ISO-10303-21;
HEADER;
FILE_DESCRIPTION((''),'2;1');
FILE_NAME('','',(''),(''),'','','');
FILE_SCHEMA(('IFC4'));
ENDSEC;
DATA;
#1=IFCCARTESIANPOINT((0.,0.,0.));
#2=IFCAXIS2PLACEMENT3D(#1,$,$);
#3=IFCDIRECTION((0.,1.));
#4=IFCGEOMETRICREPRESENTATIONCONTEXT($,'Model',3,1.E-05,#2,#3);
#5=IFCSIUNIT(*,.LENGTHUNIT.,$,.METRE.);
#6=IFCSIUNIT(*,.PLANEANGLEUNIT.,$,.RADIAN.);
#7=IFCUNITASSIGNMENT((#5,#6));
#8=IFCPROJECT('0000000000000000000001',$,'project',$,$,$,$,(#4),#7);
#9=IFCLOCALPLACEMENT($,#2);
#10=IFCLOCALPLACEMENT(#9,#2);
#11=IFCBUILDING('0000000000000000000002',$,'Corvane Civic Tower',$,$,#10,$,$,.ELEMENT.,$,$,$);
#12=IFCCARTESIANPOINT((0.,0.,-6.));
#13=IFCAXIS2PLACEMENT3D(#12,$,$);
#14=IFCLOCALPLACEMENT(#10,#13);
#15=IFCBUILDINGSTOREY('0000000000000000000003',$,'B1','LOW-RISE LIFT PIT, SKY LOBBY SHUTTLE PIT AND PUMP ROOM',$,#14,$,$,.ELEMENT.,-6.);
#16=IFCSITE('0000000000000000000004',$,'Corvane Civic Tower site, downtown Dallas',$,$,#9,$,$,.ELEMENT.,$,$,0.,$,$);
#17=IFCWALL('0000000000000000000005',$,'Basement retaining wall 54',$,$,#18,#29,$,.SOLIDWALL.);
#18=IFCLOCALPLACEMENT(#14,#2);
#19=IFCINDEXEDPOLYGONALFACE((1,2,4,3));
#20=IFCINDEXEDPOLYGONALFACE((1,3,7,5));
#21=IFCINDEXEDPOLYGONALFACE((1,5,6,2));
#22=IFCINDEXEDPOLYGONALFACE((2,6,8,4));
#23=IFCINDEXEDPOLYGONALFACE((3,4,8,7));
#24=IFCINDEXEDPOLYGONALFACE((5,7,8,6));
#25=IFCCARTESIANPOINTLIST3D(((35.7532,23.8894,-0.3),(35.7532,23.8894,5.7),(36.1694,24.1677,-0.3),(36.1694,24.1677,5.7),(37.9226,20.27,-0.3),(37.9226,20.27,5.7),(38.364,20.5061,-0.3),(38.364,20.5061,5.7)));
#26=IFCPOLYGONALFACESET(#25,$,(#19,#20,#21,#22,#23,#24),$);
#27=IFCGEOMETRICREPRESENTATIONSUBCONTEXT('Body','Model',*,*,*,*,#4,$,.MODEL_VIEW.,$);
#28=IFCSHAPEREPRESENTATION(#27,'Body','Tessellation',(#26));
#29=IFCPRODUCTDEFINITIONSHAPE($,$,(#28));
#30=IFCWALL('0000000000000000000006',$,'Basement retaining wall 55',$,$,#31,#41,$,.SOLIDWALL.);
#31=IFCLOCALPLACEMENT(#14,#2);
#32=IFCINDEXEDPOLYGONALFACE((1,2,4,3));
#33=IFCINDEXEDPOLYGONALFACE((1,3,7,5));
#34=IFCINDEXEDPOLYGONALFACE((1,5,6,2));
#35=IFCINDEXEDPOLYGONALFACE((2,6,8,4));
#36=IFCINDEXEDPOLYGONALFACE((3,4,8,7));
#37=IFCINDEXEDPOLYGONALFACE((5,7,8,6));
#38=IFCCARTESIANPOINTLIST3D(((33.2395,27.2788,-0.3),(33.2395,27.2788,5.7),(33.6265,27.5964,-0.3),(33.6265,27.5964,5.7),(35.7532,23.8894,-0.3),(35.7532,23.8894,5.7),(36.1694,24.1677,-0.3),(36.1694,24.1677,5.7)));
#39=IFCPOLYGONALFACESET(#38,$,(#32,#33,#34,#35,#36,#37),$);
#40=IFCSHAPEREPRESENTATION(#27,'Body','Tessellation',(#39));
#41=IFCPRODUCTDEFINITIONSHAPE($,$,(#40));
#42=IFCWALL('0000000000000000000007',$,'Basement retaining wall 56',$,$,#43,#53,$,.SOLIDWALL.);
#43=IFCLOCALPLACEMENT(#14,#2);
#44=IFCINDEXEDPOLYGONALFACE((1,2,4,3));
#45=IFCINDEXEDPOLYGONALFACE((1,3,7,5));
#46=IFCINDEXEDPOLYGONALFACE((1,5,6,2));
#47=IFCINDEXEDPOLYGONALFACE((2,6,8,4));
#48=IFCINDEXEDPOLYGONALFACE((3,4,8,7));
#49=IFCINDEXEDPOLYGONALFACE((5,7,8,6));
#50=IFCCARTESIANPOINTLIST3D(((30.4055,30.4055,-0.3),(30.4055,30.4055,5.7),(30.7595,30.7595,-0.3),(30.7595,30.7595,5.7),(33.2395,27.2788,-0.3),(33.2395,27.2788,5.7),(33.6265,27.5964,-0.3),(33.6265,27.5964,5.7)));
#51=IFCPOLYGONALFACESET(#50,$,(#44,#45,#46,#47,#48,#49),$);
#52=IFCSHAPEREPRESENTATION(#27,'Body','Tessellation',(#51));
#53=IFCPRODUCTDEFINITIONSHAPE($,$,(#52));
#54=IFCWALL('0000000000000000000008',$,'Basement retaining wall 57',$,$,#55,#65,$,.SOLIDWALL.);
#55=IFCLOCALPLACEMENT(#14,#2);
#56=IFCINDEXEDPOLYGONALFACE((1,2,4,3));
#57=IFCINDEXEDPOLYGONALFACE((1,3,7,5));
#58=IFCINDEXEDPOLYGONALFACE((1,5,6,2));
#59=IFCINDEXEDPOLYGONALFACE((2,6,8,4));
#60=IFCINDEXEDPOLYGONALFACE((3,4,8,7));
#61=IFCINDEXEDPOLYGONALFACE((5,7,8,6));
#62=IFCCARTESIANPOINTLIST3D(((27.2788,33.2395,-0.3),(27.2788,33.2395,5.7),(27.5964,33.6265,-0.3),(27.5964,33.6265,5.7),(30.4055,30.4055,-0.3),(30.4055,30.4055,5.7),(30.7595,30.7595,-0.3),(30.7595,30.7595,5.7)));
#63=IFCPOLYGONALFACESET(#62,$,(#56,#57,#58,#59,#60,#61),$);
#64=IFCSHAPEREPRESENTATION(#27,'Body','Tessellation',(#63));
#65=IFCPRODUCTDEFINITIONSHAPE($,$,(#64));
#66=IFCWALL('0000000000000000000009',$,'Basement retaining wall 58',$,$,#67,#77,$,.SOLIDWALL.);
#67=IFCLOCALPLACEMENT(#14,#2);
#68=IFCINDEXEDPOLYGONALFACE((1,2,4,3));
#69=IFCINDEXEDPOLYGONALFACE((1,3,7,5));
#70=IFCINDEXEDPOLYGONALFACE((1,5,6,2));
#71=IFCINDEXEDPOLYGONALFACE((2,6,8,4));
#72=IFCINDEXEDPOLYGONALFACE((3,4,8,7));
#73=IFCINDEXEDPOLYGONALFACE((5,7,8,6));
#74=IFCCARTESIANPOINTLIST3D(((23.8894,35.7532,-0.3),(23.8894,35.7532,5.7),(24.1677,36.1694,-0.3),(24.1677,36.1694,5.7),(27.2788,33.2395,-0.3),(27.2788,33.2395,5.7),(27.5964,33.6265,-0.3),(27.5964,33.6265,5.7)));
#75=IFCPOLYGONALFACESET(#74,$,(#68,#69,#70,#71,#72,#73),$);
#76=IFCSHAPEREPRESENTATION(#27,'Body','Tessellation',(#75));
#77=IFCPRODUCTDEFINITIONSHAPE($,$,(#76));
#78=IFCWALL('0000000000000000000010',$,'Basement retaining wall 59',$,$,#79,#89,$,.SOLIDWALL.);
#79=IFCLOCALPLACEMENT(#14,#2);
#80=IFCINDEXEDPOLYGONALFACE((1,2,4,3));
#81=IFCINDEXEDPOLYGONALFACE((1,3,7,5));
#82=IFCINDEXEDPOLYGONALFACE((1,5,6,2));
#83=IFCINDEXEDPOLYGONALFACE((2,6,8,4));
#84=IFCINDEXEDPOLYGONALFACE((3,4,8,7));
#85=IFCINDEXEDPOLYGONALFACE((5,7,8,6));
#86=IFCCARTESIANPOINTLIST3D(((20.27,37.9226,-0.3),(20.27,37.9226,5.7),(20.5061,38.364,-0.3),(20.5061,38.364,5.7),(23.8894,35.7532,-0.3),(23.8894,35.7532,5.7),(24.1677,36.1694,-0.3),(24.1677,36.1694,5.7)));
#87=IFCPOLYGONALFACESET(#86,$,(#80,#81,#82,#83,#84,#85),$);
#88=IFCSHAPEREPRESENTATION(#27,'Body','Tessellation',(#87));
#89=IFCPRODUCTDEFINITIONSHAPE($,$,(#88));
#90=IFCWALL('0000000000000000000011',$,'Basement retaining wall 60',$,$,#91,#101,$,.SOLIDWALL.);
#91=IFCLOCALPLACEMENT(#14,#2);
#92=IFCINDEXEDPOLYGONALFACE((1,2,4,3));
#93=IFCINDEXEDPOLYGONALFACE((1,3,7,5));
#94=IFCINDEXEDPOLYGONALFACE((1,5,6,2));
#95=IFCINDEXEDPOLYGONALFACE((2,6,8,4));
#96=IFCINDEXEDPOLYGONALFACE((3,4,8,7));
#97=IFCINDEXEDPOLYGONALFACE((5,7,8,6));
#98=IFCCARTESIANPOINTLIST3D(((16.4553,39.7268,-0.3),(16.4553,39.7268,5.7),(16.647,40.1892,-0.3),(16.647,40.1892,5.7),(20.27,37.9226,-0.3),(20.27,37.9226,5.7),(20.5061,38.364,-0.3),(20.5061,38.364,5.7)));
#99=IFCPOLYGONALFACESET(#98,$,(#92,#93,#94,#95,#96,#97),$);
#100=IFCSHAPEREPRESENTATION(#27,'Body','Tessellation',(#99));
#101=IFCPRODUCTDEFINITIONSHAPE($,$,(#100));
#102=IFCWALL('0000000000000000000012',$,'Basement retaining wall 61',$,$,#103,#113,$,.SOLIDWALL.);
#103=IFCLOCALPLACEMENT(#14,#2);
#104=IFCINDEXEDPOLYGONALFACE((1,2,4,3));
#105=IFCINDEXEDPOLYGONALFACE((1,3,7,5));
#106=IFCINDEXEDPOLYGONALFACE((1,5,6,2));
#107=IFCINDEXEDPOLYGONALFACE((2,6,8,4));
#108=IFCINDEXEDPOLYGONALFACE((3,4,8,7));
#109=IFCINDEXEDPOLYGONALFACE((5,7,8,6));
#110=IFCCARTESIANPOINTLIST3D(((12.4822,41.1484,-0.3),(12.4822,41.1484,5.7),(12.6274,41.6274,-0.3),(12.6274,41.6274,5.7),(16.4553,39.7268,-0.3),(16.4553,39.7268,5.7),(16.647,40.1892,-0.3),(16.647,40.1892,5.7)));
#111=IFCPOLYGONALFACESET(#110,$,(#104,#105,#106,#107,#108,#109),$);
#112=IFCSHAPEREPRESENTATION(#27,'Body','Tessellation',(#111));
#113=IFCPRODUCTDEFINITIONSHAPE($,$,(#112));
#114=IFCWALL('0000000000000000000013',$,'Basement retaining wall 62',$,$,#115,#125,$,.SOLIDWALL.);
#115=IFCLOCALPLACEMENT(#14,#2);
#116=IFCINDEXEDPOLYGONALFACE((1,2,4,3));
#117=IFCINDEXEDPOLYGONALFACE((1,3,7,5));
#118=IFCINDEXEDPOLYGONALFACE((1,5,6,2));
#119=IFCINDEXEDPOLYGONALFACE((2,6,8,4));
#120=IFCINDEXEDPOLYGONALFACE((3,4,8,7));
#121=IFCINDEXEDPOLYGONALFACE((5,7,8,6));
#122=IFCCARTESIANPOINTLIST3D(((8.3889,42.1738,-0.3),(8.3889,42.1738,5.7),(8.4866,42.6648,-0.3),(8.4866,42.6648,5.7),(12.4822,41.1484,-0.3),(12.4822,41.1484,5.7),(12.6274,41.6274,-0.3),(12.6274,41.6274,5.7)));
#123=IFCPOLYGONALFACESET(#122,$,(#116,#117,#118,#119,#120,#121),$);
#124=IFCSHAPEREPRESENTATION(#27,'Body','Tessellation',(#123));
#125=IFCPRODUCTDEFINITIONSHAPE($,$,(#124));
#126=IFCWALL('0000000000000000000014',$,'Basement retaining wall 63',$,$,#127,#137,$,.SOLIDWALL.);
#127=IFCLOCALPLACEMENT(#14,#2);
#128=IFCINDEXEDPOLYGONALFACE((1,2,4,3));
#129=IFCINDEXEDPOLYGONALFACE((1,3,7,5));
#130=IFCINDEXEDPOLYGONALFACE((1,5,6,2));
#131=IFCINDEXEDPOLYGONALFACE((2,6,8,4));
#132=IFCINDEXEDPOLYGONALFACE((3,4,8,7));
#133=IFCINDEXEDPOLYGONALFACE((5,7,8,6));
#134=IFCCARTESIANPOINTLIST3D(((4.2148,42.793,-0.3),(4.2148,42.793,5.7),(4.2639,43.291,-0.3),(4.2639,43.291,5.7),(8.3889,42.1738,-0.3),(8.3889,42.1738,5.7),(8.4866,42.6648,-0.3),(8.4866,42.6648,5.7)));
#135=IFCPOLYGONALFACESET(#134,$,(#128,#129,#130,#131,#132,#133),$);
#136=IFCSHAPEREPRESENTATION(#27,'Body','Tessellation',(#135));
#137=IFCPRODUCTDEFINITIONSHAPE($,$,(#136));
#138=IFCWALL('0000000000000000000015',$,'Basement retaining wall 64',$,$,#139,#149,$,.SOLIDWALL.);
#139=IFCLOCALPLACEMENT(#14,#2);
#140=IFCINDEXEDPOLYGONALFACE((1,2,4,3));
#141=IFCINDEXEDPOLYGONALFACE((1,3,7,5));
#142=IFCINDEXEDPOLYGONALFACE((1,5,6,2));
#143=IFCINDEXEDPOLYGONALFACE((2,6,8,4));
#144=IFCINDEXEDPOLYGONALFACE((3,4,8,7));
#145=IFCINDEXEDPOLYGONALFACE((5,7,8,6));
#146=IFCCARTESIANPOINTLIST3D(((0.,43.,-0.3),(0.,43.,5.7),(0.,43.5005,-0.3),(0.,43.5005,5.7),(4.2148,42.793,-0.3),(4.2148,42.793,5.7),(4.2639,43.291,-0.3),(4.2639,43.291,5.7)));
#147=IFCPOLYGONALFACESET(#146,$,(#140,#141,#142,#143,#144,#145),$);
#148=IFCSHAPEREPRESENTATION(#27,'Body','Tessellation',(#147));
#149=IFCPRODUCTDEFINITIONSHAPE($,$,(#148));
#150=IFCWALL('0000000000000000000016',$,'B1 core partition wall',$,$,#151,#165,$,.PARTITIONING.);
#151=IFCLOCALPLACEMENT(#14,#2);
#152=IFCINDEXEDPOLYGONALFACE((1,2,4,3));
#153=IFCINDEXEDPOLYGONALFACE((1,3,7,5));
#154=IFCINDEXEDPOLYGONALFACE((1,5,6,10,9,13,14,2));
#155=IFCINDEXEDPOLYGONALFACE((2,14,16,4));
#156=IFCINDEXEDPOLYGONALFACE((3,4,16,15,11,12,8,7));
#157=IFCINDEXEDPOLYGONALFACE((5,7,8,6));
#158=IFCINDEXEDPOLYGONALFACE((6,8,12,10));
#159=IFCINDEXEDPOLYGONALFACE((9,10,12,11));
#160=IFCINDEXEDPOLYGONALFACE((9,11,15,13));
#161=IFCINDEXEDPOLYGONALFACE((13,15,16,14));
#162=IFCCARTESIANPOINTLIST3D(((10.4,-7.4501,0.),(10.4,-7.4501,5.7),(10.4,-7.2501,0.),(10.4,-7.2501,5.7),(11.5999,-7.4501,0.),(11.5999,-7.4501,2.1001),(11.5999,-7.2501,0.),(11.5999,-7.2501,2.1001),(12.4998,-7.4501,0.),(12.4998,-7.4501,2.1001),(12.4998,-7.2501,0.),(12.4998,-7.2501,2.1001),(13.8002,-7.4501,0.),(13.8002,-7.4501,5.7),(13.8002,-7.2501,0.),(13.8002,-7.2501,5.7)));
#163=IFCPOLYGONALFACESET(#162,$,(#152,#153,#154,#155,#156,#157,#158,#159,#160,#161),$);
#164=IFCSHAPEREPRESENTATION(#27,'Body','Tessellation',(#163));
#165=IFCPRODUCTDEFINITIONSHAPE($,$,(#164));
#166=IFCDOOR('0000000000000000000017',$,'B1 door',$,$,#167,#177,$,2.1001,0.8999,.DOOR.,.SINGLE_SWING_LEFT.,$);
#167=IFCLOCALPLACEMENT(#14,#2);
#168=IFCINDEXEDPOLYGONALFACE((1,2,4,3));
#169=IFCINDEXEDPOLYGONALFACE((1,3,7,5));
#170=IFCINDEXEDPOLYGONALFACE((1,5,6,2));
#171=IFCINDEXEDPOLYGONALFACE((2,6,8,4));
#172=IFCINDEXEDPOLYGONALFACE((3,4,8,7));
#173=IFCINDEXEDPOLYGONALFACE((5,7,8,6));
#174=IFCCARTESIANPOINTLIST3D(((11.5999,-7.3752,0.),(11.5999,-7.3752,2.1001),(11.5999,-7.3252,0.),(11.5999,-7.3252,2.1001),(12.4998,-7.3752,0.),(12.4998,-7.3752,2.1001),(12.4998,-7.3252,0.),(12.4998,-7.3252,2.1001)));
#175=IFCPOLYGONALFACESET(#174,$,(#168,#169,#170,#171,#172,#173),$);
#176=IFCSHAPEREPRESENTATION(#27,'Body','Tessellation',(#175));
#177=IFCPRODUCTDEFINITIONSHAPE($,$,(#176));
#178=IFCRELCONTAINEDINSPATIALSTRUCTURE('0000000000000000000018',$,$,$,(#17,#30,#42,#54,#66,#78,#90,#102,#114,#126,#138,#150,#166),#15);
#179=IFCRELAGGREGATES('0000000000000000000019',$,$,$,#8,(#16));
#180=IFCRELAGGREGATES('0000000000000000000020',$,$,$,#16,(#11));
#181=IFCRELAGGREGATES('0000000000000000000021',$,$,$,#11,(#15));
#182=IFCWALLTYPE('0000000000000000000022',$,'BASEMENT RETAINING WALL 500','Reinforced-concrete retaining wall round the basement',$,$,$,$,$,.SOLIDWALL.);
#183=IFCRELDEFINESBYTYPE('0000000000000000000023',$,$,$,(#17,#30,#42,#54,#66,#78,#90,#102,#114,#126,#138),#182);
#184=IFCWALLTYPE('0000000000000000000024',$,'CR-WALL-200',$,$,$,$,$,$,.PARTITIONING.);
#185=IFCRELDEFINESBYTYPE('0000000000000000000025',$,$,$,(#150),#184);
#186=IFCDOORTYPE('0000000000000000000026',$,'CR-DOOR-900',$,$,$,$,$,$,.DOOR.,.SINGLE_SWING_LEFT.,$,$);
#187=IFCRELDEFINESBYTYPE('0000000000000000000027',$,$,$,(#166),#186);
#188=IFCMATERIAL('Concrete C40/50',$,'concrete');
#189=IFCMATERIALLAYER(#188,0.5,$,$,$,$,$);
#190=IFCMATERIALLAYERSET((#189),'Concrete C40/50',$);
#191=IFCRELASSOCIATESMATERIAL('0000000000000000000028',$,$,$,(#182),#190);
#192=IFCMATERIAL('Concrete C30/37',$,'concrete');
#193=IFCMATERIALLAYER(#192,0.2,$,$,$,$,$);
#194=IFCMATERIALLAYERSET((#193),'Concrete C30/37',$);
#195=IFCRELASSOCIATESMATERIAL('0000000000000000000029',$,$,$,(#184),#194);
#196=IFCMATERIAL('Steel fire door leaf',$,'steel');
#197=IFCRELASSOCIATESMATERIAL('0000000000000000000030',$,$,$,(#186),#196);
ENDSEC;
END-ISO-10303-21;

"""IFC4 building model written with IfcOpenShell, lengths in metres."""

from ifc_helpers import new_model, si_unit, direction, frame, frame_2d, origin, place, context, subcontext, project, spatial, polyline, rectangle, outline, extrude, material, layer, layer_set, type_object, element, fill, save


model = new_model("IFC4")

# Units and contexts
model_context = context("Model", 3, precision=1e-05, world=origin(), true_north=direction((0.0, 1.0)))
body_context = subcontext(model_context, "Body", "Model", "MODEL_VIEW")
ifc_project = project(units=[si_unit("LENGTHUNIT", "METRE"), si_unit("PLANEANGLEUNIT", "RADIAN")], contexts=[model_context])

# Site, building, storey
site_placement = place(None, origin())
site = spatial("IfcSite", under=ifc_project, at=site_placement, Name="Corvane Civic Tower site, downtown Dallas", CompositionType="ELEMENT", RefElevation=0.0)
building_placement = place(site_placement, origin())
building = spatial("IfcBuilding", under=site, at=building_placement, Name="Corvane Civic Tower", CompositionType="ELEMENT")
storey_placement = place(building_placement, frame((0.0, 0.0, -6.0)))
storey = spatial("IfcBuildingStorey", under=building, at=storey_placement, Name="B1", Description="LOW-RISE LIFT PIT, SKY LOBBY SHUTTLE PIT AND PUMP ROOM", CompositionType="ELEMENT", Elevation=-6.0)

# Walls
ifc_material_1 = material(Name="Concrete C40/50", Category="concrete")
ifc_layer_1 = layer(ifc_material_1, 0.5)
ifc_layer_set_1 = layer_set([ifc_layer_1], Name="Concrete C40/50")
wall_type_1 = type_object("IfcWallType", Name="BASEMENT RETAINING WALL 500", Description="Reinforced-concrete retaining wall round the basement", PredefinedType="SOLIDWALL", material=ifc_layer_set_1)
wall_1_placement = place(storey_placement, frame((0.0, 0.0, -0.3)))
element("IfcWall", 1, at=wall_1_placement, inside=storey, type_object=wall_type_1, Name="Basement retaining wall 54", PredefinedType="SOLIDWALL", context=body_context, shape_type="SweptSolid", body=[
    extrude(outline(polyline([(37.9226, 20.27), (35.7532, 23.8894), (36.1694, 24.1677), (38.364, 20.5061), (37.9226, 20.27)])), origin(), (0.0, 0.0, 1.0), 6.0),
])
wall_2_placement = place(storey_placement, frame((0.0, 0.0, -0.3)))
element("IfcWall", 2, at=wall_2_placement, inside=storey, type_object=wall_type_1, Name="Basement retaining wall 55", PredefinedType="SOLIDWALL", context=body_context, shape_type="SweptSolid", body=[
    extrude(outline(polyline([(35.7532, 23.8894), (33.2395, 27.2788), (33.6265, 27.5964), (36.1694, 24.1677), (35.7532, 23.8894)])), origin(), (0.0, 0.0, 1.0), 6.0),
])
wall_3_placement = place(storey_placement, frame((0.0, 0.0, -0.3)))
element("IfcWall", 3, at=wall_3_placement, inside=storey, type_object=wall_type_1, Name="Basement retaining wall 56", PredefinedType="SOLIDWALL", context=body_context, shape_type="SweptSolid", body=[
    extrude(outline(polyline([(33.2395, 27.2788), (30.4055, 30.4055), (30.7595, 30.7595), (33.6265, 27.5964), (33.2395, 27.2788)])), origin(), (0.0, 0.0, 1.0), 6.0),
])
wall_4_placement = place(storey_placement, frame((0.0, 0.0, -0.3)))
element("IfcWall", 4, at=wall_4_placement, inside=storey, type_object=wall_type_1, Name="Basement retaining wall 57", PredefinedType="SOLIDWALL", context=body_context, shape_type="SweptSolid", body=[
    extrude(outline(polyline([(30.4055, 30.4055), (27.2788, 33.2395), (27.5964, 33.6265), (30.7595, 30.7595), (30.4055, 30.4055)])), origin(), (0.0, 0.0, 1.0), 6.0),
])
wall_5_placement = place(storey_placement, frame((0.0, 0.0, -0.3)))
element("IfcWall", 5, at=wall_5_placement, inside=storey, type_object=wall_type_1, Name="Basement retaining wall 58", PredefinedType="SOLIDWALL", context=body_context, shape_type="SweptSolid", body=[
    extrude(outline(polyline([(27.2788, 33.2395), (23.8894, 35.7532), (24.1677, 36.1694), (27.5964, 33.6265), (27.2788, 33.2395)])), origin(), (0.0, 0.0, 1.0), 6.0),
])
wall_6_placement = place(storey_placement, frame((0.0, 0.0, -0.3)))
element("IfcWall", 6, at=wall_6_placement, inside=storey, type_object=wall_type_1, Name="Basement retaining wall 59", PredefinedType="SOLIDWALL", context=body_context, shape_type="SweptSolid", body=[
    extrude(outline(polyline([(23.8894, 35.7532), (20.27, 37.9226), (20.5061, 38.364), (24.1677, 36.1694), (23.8894, 35.7532)])), origin(), (0.0, 0.0, 1.0), 6.0),
])
wall_7_placement = place(storey_placement, frame((0.0, 0.0, -0.3)))
element("IfcWall", 7, at=wall_7_placement, inside=storey, type_object=wall_type_1, Name="Basement retaining wall 60", PredefinedType="SOLIDWALL", context=body_context, shape_type="SweptSolid", body=[
    extrude(outline(polyline([(20.27, 37.9226), (16.4553, 39.7268), (16.647, 40.1892), (20.5061, 38.364), (20.27, 37.9226)])), origin(), (0.0, 0.0, 1.0), 6.0),
])
wall_8_placement = place(storey_placement, frame((0.0, 0.0, -0.3)))
element("IfcWall", 8, at=wall_8_placement, inside=storey, type_object=wall_type_1, Name="Basement retaining wall 61", PredefinedType="SOLIDWALL", context=body_context, shape_type="SweptSolid", body=[
    extrude(outline(polyline([(16.4553, 39.7268), (12.4822, 41.1484), (12.6274, 41.6274), (16.647, 40.1892), (16.4553, 39.7268)])), origin(), (0.0, 0.0, 1.0), 6.0),
])
wall_9_placement = place(storey_placement, frame((0.0, 0.0, -0.3)))
element("IfcWall", 9, at=wall_9_placement, inside=storey, type_object=wall_type_1, Name="Basement retaining wall 62", PredefinedType="SOLIDWALL", context=body_context, shape_type="SweptSolid", body=[
    extrude(outline(polyline([(12.4822, 41.1484), (8.3889, 42.1738), (8.4866, 42.6648), (12.6274, 41.6274), (12.4822, 41.1484)])), origin(), (0.0, 0.0, 1.0), 6.0),
])
wall_10_placement = place(storey_placement, frame((0.0, 0.0, -0.3)))
element("IfcWall", 10, at=wall_10_placement, inside=storey, type_object=wall_type_1, Name="Basement retaining wall 63", PredefinedType="SOLIDWALL", context=body_context, shape_type="SweptSolid", body=[
    extrude(outline(polyline([(8.3889, 42.1738), (4.2148, 42.793), (4.2639, 43.291), (8.4866, 42.6648), (8.3889, 42.1738)])), origin(), (0.0, 0.0, 1.0), 6.0),
])
wall_11_placement = place(storey_placement, frame((0.0, 0.0, -0.3)))
element("IfcWall", 11, at=wall_11_placement, inside=storey, type_object=wall_type_1, Name="Basement retaining wall 64", PredefinedType="SOLIDWALL", context=body_context, shape_type="SweptSolid", body=[
    extrude(outline(polyline([(4.2148, 42.793), (0.0, 43.0), (0.0, 43.5005), (4.2639, 43.291), (4.2148, 42.793)])), origin(), (0.0, 0.0, 1.0), 6.0),
])

# Wall, opening, door
ifc_material_2 = material(Name="Concrete C30/37", Category="concrete")
ifc_layer_2 = layer(ifc_material_2, 0.2)
ifc_layer_set_2 = layer_set([ifc_layer_2], Name="Concrete C30/37")
wall_type_2 = type_object("IfcWallType", Name="CR-WALL-200", PredefinedType="PARTITIONING", material=ifc_layer_set_2)
wall_12_placement = place(storey_placement, frame((10.3999, -7.3501, 0.0), z_axis=(0.0, 0.0, 1.0), x_axis=(1.0, 0.0, 0.0)))
wall_12 = element("IfcWall", 12, at=wall_12_placement, inside=storey, type_object=wall_type_2, Name="B1 core partition wall", PredefinedType="PARTITIONING", context=body_context, shape_type="SweptSolid", body=[
    extrude(rectangle(XDim=3.4001, YDim=0.2, at=frame_2d((1.7002, 0.0))), origin(), (0.0, 0.0, 1.0), 5.7),
])
opening_1_placement = place(wall_12_placement, frame((1.2, 0.0, 0.0)))
opening_1 = element("IfcOpeningElement", 13, at=opening_1_placement, cuts=wall_12, PredefinedType="OPENING", context=body_context, shape_type="SweptSolid", body=[
    extrude(rectangle(XDim=0.8999, YDim=2.1001, at=frame_2d((0.45, 1.05))), frame((0.0, 0.1099, 0.0), z_axis=(0.0, -1.0, 0.0), x_axis=(1.0, 0.0, 0.0)), (0.0, 0.0, 1.0), 0.22),
])
ifc_material_3 = material(Name="Steel fire door leaf", Category="steel")
door_type_1 = type_object("IfcDoorType", Name="CR-DOOR-900", OperationType="SINGLE_SWING_LEFT", PredefinedType="DOOR", material=ifc_material_3)
door_1_placement = place(opening_1_placement, origin())
door_1 = element("IfcDoor", 14, at=door_1_placement, inside=storey, type_object=door_type_1, Name="B1 door", OperationType="SINGLE_SWING_LEFT", OverallHeight=2.1001, OverallWidth=0.8999, PredefinedType="DOOR", context=body_context, shape_type="SweptSolid", body=[
    extrude(rectangle(XDim=0.8999, YDim=2.1001, at=frame_2d((0.45, 1.05))), frame((0.0, 0.0249, 0.0), z_axis=(0.0, -1.0, 0.0), x_axis=(1.0, 0.0, 0.0)), (0.0, 0.0, 1.0), 0.05),
])
fill(opening_1, door_1)

save(model, "model.ifc")
